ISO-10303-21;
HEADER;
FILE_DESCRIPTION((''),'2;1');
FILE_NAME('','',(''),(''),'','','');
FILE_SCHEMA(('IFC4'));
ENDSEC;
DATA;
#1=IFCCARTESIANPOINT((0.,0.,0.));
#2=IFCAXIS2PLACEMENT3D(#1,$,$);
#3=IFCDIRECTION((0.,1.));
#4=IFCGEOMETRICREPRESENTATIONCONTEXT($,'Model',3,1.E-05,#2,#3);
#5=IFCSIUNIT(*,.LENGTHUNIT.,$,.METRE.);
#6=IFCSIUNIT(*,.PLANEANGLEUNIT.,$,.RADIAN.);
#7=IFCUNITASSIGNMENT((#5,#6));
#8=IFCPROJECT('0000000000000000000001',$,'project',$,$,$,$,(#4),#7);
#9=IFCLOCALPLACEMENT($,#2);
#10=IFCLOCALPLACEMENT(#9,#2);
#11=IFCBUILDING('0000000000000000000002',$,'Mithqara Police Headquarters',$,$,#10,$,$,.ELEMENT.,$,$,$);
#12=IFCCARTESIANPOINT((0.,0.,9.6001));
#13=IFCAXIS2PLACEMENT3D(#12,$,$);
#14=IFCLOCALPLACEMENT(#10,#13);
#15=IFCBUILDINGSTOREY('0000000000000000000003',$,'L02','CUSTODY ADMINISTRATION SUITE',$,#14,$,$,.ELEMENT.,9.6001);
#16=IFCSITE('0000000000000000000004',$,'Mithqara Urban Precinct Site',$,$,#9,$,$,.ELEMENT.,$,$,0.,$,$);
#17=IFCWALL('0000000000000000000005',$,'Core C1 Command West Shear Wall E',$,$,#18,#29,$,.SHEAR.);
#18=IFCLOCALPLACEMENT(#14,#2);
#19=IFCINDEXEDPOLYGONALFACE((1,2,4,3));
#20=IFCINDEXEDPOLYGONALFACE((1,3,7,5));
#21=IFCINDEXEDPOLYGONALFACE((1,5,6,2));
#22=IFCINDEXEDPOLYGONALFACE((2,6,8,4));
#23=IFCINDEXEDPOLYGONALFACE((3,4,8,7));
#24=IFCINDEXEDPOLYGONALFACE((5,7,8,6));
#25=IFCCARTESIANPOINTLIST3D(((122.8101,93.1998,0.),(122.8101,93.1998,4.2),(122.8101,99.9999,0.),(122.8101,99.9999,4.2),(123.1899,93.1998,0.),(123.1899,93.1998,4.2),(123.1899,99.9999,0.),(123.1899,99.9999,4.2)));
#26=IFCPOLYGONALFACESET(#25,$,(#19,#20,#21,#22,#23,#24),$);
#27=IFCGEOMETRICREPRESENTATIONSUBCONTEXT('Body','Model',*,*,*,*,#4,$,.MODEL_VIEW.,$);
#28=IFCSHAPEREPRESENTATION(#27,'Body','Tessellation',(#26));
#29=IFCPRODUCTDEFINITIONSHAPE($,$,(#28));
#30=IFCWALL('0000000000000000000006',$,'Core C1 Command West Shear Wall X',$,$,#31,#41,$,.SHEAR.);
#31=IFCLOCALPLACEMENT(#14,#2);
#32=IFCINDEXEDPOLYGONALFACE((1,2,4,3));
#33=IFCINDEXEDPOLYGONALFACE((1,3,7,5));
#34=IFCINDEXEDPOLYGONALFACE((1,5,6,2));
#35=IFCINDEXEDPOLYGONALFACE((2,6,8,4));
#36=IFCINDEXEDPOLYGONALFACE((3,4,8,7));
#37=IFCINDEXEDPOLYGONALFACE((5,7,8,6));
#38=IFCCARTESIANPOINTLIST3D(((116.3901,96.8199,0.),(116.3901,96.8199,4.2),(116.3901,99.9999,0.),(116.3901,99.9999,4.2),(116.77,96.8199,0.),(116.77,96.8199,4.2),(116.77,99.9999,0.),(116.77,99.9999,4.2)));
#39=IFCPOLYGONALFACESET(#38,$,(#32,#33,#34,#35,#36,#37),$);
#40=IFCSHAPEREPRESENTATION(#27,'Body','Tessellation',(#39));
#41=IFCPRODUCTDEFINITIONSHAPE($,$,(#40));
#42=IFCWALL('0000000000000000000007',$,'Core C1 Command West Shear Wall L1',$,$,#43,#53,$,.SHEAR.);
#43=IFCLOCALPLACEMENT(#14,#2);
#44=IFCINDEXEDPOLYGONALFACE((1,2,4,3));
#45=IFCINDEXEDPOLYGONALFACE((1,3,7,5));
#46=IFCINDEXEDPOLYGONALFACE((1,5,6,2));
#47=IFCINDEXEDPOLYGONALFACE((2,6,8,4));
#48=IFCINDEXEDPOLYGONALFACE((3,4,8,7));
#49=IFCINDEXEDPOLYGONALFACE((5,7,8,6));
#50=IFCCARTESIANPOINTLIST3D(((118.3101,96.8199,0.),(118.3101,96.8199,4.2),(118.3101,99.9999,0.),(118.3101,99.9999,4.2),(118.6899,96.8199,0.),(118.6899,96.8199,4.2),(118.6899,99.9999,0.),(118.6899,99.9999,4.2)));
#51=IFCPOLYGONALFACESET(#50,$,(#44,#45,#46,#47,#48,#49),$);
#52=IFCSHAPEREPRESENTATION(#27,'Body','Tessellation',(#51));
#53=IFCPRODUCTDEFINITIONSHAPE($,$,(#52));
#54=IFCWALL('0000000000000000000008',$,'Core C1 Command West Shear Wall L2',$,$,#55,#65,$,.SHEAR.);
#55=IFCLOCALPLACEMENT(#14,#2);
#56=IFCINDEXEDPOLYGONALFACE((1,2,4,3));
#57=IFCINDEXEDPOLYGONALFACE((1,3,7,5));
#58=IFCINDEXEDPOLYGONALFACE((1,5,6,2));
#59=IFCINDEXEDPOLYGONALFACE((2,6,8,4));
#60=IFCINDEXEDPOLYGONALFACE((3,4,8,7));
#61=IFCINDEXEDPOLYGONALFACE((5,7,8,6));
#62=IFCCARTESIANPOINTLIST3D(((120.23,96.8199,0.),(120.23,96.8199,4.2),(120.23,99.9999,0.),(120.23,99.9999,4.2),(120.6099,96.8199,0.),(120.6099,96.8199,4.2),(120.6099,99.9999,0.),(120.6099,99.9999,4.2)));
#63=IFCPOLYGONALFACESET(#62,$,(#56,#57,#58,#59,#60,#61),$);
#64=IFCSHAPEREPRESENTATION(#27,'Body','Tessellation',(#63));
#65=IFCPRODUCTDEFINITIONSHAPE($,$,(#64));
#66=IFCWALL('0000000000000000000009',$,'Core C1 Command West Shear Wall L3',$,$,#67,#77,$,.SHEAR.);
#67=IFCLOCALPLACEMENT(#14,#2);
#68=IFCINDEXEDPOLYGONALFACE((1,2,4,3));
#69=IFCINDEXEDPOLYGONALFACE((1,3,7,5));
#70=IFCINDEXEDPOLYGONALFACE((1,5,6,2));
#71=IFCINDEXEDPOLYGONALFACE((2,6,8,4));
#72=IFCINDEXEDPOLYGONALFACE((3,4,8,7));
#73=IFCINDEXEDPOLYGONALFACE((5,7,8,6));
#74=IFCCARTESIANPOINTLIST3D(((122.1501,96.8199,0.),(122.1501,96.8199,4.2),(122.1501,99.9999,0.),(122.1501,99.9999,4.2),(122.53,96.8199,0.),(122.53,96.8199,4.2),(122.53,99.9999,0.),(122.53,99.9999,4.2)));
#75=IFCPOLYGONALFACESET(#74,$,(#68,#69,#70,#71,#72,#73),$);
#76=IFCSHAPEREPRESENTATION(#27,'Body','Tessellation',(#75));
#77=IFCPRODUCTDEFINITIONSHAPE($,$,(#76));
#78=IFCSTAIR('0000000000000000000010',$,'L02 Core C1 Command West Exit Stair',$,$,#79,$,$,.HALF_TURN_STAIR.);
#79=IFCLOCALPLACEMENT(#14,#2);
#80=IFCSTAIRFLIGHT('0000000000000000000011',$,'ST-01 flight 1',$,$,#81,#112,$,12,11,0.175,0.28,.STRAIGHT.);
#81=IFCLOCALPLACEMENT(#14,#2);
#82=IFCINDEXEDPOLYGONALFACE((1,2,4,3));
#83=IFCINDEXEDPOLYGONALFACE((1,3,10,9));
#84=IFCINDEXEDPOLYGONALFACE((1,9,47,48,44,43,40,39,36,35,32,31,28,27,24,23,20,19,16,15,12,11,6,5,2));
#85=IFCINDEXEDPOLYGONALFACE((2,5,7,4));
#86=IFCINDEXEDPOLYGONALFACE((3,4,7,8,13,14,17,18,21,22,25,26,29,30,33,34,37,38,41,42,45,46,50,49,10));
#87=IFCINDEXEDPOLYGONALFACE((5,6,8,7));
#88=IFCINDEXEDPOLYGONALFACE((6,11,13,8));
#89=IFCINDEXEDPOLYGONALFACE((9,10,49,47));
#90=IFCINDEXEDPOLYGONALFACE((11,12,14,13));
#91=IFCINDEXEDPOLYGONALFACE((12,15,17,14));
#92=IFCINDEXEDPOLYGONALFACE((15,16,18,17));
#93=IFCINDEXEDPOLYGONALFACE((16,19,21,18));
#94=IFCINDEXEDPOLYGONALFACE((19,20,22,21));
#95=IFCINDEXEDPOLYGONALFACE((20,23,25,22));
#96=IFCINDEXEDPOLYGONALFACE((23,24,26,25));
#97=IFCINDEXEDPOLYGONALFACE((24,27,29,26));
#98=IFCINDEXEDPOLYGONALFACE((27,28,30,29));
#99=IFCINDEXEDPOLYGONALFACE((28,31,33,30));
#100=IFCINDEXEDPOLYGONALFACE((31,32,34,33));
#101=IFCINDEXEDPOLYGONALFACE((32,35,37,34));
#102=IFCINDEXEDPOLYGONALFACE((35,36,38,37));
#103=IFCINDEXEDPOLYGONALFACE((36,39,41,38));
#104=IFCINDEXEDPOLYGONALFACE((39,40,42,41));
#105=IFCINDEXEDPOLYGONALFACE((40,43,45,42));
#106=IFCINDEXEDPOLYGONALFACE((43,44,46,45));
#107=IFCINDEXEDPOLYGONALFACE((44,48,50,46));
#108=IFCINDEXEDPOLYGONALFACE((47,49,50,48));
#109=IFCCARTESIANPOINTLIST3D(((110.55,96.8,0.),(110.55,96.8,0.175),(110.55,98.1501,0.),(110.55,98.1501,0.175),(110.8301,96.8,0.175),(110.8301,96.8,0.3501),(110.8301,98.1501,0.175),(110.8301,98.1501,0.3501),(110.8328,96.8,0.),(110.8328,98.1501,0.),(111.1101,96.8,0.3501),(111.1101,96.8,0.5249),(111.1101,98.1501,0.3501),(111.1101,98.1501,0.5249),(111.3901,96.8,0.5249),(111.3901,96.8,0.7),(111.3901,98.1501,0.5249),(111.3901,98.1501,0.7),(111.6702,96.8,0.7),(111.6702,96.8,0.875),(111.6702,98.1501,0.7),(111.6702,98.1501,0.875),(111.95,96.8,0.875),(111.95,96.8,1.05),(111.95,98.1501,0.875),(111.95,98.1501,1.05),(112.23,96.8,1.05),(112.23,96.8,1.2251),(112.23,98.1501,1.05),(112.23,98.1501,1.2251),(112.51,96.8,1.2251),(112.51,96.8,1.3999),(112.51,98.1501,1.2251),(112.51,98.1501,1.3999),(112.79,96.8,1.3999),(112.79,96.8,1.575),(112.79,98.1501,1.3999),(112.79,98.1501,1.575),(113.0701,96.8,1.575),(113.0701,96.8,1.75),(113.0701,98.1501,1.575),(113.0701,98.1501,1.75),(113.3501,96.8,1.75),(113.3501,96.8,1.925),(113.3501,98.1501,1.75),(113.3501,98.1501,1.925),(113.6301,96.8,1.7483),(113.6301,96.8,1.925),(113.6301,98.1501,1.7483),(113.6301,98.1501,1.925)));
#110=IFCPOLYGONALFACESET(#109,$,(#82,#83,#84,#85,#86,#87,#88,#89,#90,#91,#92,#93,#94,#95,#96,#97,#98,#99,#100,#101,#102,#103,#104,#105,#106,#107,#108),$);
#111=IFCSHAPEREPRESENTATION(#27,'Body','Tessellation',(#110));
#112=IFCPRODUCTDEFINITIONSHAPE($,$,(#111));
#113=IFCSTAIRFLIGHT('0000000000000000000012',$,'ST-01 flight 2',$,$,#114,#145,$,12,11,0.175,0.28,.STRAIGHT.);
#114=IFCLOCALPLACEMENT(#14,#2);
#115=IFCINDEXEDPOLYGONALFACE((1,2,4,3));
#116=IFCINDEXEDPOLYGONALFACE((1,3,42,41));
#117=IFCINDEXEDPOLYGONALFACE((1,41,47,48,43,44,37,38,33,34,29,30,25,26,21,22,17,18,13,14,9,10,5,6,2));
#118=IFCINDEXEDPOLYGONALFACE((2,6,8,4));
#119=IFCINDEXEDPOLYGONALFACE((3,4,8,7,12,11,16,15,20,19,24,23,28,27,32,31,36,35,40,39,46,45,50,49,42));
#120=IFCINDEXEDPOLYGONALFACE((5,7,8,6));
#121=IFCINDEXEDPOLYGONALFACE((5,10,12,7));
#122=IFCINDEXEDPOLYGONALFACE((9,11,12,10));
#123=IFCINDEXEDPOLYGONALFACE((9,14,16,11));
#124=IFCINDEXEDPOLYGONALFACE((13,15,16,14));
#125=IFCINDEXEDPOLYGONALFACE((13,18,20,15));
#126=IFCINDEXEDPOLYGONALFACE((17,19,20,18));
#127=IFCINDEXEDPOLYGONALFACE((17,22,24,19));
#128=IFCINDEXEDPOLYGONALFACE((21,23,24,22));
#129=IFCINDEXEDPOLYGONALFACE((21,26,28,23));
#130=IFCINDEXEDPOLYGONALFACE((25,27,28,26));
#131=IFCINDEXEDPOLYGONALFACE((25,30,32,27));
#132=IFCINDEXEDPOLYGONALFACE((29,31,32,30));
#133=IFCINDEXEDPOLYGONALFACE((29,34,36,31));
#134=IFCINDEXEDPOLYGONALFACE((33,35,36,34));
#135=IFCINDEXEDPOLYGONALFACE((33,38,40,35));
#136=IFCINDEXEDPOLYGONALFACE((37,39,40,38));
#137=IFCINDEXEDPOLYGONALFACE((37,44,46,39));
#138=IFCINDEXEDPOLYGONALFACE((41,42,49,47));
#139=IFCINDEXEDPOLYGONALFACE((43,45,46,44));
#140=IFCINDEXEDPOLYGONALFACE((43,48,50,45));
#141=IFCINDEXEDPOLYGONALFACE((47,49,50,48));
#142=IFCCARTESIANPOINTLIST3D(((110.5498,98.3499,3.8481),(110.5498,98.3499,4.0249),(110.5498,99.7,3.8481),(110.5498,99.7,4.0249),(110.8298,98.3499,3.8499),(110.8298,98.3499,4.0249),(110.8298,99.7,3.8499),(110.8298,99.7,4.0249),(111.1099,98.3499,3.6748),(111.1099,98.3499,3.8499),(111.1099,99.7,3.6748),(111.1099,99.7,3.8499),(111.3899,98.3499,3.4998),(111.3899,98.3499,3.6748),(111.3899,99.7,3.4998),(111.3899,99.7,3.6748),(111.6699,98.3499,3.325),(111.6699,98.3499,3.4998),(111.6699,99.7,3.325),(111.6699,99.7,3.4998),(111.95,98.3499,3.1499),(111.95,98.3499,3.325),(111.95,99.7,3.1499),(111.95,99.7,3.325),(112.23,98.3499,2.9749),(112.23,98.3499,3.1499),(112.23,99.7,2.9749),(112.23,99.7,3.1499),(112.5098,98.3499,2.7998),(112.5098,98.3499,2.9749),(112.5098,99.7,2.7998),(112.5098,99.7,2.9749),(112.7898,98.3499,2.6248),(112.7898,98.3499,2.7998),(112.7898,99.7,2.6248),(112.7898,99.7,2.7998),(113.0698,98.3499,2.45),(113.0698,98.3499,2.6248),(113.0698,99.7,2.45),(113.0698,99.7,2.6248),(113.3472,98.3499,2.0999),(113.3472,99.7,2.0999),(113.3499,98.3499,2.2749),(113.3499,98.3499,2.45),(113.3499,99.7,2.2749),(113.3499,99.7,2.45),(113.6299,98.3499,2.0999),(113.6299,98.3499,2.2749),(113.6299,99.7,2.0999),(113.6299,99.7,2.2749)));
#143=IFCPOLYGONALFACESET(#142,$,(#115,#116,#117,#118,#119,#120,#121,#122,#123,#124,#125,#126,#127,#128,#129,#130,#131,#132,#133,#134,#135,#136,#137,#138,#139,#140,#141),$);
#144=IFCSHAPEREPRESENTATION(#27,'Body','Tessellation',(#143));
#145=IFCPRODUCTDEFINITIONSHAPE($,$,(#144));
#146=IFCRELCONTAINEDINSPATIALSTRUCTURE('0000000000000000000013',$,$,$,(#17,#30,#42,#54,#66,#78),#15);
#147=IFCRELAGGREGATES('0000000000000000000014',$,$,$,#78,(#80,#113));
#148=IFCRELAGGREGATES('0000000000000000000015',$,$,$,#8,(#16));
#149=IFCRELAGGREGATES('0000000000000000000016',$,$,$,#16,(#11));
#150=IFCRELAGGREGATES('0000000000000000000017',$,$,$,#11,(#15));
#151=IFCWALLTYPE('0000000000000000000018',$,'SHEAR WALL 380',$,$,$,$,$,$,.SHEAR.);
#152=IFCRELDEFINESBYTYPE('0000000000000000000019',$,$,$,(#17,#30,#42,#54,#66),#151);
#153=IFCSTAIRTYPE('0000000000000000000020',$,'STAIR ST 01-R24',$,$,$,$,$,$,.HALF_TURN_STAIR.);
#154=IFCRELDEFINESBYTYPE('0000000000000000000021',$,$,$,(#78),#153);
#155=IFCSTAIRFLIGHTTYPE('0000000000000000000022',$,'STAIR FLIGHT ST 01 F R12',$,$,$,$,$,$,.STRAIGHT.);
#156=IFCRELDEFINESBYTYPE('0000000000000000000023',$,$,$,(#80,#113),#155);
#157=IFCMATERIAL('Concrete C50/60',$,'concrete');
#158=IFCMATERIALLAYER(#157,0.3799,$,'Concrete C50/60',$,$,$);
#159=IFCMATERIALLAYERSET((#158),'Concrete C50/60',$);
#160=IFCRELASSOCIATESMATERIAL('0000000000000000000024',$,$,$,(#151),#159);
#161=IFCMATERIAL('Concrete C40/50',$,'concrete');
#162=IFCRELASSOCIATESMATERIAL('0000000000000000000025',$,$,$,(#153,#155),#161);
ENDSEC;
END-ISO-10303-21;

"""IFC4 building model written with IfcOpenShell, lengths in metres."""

from ifc_helpers import new_model, si_unit, direction, frame, frame_2d, origin, place, context, subcontext, project, spatial, polyline, rectangle, outline, extrude, material, layer, layer_set, type_object, element, aggregate, save


model = new_model("IFC4")

# Units and contexts
model_context = context("Model", 3, precision=1e-05, world=origin(), true_north=direction((0.0, 1.0)))
body_context = subcontext(model_context, "Body", "Model", "MODEL_VIEW")
ifc_project = project(units=[si_unit("LENGTHUNIT", "METRE"), si_unit("PLANEANGLEUNIT", "RADIAN")], contexts=[model_context])

# Site, building, storey
site_placement = place(None, origin())
site = spatial("IfcSite", under=ifc_project, at=site_placement, Name="Mithqara Urban Precinct Site", CompositionType="ELEMENT", RefElevation=0.0)
building_placement = place(site_placement, origin())
building = spatial("IfcBuilding", under=site, at=building_placement, Name="Mithqara Police Headquarters", CompositionType="ELEMENT")
storey_placement = place(building_placement, frame((0.0, 0.0, 9.6001)))
storey = spatial("IfcBuildingStorey", under=building, at=storey_placement, Name="L02", Description="CUSTODY ADMINISTRATION SUITE", CompositionType="ELEMENT", Elevation=9.6001)

# Shared definitions
ifc_material_1 = material(Name="Concrete C40/50", Category="concrete")
ifc_material_2 = material(Name="Concrete C50/60", Category="concrete")

# Walls
ifc_layer_1 = layer(ifc_material_2, 0.3799, Name="Concrete C50/60")
ifc_layer_set_1 = layer_set([ifc_layer_1], Name="Concrete C50/60")
wall_type_1 = type_object("IfcWallType", Name="SHEAR WALL 380", PredefinedType="SHEAR", material=ifc_layer_set_1)
wall_1_placement = place(storey_placement, frame((123.0, 93.2, 0.0), z_axis=(0.0, 0.0, 1.0), x_axis=(0.0, 1.0, 0.0)))
element("IfcWall", 1, at=wall_1_placement, inside=storey, type_object=wall_type_1, Name="Core C1 Command West Shear Wall E", PredefinedType="SHEAR", context=body_context, shape_type="SweptSolid", body=[
    extrude(rectangle(XDim=6.8, YDim=0.3799, at=frame_2d((3.3999, 0.0))), origin(), (0.0, 0.0, 1.0), 4.2),
])
for number, where, z_axis, x_axis, name in (
    (2, (116.5801, 96.8201, 0.0), (0.0, 0.0, 1.0), (0.0, 1.0, 0.0), "Core C1 Command West Shear Wall X"),
    (3, (118.5, 96.8201, 0.0), (0.0, 0.0, 1.0), (0.0, 1.0, 0.0), "Core C1 Command West Shear Wall L1"),
    (4, (120.4199, 96.8201, 0.0), (0.0, 0.0, 1.0), (0.0, 1.0, 0.0), "Core C1 Command West Shear Wall L2"),
    (5, (122.3401, 96.8201, 0.0), (0.0, 0.0, 1.0), (0.0, 1.0, 0.0), "Core C1 Command West Shear Wall L3"),
):
    element("IfcWall", number, at=place(storey_placement, frame(where, z_axis=z_axis, x_axis=x_axis)), inside=storey, type_object=wall_type_1, Name=name, PredefinedType="SHEAR", context=body_context, shape_type="SweptSolid", body=[
        extrude(rectangle(XDim=3.1799, YDim=0.3799, at=frame_2d((1.5898, 0.0))), origin(), (0.0, 0.0, 1.0), 4.2),
    ])

# Stair, stair flights
stair_type = type_object("IfcStairType", Name="STAIR ST 01-R24", PredefinedType="HALF_TURN_STAIR", material=ifc_material_1)
stair_placement = place(storey_placement, origin())
stair = element("IfcStair", 6, at=stair_placement, inside=storey, type_object=stair_type, Name="L02 Core C1 Command West Exit Stair", PredefinedType="HALF_TURN_STAIR")
stair_flight_type = type_object("IfcStairFlightType", Name="STAIR FLIGHT ST 01 F R12", PredefinedType="STRAIGHT", material=ifc_material_1)
stair_flight_1_placement = place(storey_placement, frame((110.55, 97.4751, 0.0), z_axis=(0.0, 0.0, 1.0), x_axis=(1.0, 0.0, 0.0)))
stair_flight_1 = element("IfcStairFlight", 7, at=stair_flight_1_placement, type_object=stair_flight_type, Name="ST-01 flight 1", NumberOfRisers=12, NumberOfTreads=11, PredefinedType="STRAIGHT", RiserHeight=0.175, TreadLength=0.28, context=body_context, shape_type="SweptSolid", body=[
    extrude(outline(polyline([(0.0, 0.0), (0.0, 0.175), (0.28, 0.175), (0.28, 0.3501), (0.5601, 0.3501), (0.5601, 0.5249), (0.8401, 0.5249), (0.8401, 0.7), (1.1201, 0.7), (1.1201, 0.875), (1.3999, 0.875), (1.3999, 1.05), (1.6799, 1.05), (1.6799, 1.2251), (1.96, 1.2251), (1.96, 1.3999), (2.24, 1.3999), (2.24, 1.575), (2.52, 1.575), (2.52, 1.75), (2.8, 1.75), (2.8, 1.925), (3.0801, 1.925), (3.0801, 2.1001), (3.0801, 1.7483), (0.2827, 0.0), (0.0, 0.0)])), frame((0.0, 0.675, 0.0), z_axis=(0.0, -1.0, 0.0), x_axis=(1.0, 0.0, 0.0)), (0.0, 0.0, 1.0), 1.3501),
])
stair_flight_2_placement = place(storey_placement, frame((113.6299, 99.0249, 2.0999), z_axis=(0.0, 0.0, 1.0), x_axis=(-1.0, 0.0, 0.0)))
stair_flight_2 = element("IfcStairFlight", 8, at=stair_flight_2_placement, type_object=stair_flight_type, Name="ST-01 flight 2", NumberOfRisers=12, NumberOfTreads=11, PredefinedType="STRAIGHT", RiserHeight=0.175, TreadLength=0.28, context=body_context, shape_type="SweptSolid", body=[
    extrude(outline(polyline([(0.0, 0.0), (0.0, 0.175), (0.28, 0.175), (0.28, 0.3501), (0.5601, 0.3501), (0.5601, 0.5249), (0.8401, 0.5249), (0.8401, 0.7), (1.1201, 0.7), (1.1201, 0.875), (1.3999, 0.875), (1.3999, 1.05), (1.6799, 1.05), (1.6799, 1.2251), (1.96, 1.2251), (1.96, 1.3999), (2.24, 1.3999), (2.24, 1.575), (2.52, 1.575), (2.52, 1.75), (2.8, 1.75), (2.8, 1.925), (3.0801, 1.925), (3.0801, 2.1001), (3.0801, 1.7483), (0.2827, 0.0), (0.0, 0.0)])), frame((0.0, 0.675, 0.0), z_axis=(0.0, -1.0, 0.0), x_axis=(1.0, 0.0, 0.0)), (0.0, 0.0, 1.0), 1.3501),
])
aggregate(stair, [stair_flight_1, stair_flight_2])

save(model, "model.ifc")
